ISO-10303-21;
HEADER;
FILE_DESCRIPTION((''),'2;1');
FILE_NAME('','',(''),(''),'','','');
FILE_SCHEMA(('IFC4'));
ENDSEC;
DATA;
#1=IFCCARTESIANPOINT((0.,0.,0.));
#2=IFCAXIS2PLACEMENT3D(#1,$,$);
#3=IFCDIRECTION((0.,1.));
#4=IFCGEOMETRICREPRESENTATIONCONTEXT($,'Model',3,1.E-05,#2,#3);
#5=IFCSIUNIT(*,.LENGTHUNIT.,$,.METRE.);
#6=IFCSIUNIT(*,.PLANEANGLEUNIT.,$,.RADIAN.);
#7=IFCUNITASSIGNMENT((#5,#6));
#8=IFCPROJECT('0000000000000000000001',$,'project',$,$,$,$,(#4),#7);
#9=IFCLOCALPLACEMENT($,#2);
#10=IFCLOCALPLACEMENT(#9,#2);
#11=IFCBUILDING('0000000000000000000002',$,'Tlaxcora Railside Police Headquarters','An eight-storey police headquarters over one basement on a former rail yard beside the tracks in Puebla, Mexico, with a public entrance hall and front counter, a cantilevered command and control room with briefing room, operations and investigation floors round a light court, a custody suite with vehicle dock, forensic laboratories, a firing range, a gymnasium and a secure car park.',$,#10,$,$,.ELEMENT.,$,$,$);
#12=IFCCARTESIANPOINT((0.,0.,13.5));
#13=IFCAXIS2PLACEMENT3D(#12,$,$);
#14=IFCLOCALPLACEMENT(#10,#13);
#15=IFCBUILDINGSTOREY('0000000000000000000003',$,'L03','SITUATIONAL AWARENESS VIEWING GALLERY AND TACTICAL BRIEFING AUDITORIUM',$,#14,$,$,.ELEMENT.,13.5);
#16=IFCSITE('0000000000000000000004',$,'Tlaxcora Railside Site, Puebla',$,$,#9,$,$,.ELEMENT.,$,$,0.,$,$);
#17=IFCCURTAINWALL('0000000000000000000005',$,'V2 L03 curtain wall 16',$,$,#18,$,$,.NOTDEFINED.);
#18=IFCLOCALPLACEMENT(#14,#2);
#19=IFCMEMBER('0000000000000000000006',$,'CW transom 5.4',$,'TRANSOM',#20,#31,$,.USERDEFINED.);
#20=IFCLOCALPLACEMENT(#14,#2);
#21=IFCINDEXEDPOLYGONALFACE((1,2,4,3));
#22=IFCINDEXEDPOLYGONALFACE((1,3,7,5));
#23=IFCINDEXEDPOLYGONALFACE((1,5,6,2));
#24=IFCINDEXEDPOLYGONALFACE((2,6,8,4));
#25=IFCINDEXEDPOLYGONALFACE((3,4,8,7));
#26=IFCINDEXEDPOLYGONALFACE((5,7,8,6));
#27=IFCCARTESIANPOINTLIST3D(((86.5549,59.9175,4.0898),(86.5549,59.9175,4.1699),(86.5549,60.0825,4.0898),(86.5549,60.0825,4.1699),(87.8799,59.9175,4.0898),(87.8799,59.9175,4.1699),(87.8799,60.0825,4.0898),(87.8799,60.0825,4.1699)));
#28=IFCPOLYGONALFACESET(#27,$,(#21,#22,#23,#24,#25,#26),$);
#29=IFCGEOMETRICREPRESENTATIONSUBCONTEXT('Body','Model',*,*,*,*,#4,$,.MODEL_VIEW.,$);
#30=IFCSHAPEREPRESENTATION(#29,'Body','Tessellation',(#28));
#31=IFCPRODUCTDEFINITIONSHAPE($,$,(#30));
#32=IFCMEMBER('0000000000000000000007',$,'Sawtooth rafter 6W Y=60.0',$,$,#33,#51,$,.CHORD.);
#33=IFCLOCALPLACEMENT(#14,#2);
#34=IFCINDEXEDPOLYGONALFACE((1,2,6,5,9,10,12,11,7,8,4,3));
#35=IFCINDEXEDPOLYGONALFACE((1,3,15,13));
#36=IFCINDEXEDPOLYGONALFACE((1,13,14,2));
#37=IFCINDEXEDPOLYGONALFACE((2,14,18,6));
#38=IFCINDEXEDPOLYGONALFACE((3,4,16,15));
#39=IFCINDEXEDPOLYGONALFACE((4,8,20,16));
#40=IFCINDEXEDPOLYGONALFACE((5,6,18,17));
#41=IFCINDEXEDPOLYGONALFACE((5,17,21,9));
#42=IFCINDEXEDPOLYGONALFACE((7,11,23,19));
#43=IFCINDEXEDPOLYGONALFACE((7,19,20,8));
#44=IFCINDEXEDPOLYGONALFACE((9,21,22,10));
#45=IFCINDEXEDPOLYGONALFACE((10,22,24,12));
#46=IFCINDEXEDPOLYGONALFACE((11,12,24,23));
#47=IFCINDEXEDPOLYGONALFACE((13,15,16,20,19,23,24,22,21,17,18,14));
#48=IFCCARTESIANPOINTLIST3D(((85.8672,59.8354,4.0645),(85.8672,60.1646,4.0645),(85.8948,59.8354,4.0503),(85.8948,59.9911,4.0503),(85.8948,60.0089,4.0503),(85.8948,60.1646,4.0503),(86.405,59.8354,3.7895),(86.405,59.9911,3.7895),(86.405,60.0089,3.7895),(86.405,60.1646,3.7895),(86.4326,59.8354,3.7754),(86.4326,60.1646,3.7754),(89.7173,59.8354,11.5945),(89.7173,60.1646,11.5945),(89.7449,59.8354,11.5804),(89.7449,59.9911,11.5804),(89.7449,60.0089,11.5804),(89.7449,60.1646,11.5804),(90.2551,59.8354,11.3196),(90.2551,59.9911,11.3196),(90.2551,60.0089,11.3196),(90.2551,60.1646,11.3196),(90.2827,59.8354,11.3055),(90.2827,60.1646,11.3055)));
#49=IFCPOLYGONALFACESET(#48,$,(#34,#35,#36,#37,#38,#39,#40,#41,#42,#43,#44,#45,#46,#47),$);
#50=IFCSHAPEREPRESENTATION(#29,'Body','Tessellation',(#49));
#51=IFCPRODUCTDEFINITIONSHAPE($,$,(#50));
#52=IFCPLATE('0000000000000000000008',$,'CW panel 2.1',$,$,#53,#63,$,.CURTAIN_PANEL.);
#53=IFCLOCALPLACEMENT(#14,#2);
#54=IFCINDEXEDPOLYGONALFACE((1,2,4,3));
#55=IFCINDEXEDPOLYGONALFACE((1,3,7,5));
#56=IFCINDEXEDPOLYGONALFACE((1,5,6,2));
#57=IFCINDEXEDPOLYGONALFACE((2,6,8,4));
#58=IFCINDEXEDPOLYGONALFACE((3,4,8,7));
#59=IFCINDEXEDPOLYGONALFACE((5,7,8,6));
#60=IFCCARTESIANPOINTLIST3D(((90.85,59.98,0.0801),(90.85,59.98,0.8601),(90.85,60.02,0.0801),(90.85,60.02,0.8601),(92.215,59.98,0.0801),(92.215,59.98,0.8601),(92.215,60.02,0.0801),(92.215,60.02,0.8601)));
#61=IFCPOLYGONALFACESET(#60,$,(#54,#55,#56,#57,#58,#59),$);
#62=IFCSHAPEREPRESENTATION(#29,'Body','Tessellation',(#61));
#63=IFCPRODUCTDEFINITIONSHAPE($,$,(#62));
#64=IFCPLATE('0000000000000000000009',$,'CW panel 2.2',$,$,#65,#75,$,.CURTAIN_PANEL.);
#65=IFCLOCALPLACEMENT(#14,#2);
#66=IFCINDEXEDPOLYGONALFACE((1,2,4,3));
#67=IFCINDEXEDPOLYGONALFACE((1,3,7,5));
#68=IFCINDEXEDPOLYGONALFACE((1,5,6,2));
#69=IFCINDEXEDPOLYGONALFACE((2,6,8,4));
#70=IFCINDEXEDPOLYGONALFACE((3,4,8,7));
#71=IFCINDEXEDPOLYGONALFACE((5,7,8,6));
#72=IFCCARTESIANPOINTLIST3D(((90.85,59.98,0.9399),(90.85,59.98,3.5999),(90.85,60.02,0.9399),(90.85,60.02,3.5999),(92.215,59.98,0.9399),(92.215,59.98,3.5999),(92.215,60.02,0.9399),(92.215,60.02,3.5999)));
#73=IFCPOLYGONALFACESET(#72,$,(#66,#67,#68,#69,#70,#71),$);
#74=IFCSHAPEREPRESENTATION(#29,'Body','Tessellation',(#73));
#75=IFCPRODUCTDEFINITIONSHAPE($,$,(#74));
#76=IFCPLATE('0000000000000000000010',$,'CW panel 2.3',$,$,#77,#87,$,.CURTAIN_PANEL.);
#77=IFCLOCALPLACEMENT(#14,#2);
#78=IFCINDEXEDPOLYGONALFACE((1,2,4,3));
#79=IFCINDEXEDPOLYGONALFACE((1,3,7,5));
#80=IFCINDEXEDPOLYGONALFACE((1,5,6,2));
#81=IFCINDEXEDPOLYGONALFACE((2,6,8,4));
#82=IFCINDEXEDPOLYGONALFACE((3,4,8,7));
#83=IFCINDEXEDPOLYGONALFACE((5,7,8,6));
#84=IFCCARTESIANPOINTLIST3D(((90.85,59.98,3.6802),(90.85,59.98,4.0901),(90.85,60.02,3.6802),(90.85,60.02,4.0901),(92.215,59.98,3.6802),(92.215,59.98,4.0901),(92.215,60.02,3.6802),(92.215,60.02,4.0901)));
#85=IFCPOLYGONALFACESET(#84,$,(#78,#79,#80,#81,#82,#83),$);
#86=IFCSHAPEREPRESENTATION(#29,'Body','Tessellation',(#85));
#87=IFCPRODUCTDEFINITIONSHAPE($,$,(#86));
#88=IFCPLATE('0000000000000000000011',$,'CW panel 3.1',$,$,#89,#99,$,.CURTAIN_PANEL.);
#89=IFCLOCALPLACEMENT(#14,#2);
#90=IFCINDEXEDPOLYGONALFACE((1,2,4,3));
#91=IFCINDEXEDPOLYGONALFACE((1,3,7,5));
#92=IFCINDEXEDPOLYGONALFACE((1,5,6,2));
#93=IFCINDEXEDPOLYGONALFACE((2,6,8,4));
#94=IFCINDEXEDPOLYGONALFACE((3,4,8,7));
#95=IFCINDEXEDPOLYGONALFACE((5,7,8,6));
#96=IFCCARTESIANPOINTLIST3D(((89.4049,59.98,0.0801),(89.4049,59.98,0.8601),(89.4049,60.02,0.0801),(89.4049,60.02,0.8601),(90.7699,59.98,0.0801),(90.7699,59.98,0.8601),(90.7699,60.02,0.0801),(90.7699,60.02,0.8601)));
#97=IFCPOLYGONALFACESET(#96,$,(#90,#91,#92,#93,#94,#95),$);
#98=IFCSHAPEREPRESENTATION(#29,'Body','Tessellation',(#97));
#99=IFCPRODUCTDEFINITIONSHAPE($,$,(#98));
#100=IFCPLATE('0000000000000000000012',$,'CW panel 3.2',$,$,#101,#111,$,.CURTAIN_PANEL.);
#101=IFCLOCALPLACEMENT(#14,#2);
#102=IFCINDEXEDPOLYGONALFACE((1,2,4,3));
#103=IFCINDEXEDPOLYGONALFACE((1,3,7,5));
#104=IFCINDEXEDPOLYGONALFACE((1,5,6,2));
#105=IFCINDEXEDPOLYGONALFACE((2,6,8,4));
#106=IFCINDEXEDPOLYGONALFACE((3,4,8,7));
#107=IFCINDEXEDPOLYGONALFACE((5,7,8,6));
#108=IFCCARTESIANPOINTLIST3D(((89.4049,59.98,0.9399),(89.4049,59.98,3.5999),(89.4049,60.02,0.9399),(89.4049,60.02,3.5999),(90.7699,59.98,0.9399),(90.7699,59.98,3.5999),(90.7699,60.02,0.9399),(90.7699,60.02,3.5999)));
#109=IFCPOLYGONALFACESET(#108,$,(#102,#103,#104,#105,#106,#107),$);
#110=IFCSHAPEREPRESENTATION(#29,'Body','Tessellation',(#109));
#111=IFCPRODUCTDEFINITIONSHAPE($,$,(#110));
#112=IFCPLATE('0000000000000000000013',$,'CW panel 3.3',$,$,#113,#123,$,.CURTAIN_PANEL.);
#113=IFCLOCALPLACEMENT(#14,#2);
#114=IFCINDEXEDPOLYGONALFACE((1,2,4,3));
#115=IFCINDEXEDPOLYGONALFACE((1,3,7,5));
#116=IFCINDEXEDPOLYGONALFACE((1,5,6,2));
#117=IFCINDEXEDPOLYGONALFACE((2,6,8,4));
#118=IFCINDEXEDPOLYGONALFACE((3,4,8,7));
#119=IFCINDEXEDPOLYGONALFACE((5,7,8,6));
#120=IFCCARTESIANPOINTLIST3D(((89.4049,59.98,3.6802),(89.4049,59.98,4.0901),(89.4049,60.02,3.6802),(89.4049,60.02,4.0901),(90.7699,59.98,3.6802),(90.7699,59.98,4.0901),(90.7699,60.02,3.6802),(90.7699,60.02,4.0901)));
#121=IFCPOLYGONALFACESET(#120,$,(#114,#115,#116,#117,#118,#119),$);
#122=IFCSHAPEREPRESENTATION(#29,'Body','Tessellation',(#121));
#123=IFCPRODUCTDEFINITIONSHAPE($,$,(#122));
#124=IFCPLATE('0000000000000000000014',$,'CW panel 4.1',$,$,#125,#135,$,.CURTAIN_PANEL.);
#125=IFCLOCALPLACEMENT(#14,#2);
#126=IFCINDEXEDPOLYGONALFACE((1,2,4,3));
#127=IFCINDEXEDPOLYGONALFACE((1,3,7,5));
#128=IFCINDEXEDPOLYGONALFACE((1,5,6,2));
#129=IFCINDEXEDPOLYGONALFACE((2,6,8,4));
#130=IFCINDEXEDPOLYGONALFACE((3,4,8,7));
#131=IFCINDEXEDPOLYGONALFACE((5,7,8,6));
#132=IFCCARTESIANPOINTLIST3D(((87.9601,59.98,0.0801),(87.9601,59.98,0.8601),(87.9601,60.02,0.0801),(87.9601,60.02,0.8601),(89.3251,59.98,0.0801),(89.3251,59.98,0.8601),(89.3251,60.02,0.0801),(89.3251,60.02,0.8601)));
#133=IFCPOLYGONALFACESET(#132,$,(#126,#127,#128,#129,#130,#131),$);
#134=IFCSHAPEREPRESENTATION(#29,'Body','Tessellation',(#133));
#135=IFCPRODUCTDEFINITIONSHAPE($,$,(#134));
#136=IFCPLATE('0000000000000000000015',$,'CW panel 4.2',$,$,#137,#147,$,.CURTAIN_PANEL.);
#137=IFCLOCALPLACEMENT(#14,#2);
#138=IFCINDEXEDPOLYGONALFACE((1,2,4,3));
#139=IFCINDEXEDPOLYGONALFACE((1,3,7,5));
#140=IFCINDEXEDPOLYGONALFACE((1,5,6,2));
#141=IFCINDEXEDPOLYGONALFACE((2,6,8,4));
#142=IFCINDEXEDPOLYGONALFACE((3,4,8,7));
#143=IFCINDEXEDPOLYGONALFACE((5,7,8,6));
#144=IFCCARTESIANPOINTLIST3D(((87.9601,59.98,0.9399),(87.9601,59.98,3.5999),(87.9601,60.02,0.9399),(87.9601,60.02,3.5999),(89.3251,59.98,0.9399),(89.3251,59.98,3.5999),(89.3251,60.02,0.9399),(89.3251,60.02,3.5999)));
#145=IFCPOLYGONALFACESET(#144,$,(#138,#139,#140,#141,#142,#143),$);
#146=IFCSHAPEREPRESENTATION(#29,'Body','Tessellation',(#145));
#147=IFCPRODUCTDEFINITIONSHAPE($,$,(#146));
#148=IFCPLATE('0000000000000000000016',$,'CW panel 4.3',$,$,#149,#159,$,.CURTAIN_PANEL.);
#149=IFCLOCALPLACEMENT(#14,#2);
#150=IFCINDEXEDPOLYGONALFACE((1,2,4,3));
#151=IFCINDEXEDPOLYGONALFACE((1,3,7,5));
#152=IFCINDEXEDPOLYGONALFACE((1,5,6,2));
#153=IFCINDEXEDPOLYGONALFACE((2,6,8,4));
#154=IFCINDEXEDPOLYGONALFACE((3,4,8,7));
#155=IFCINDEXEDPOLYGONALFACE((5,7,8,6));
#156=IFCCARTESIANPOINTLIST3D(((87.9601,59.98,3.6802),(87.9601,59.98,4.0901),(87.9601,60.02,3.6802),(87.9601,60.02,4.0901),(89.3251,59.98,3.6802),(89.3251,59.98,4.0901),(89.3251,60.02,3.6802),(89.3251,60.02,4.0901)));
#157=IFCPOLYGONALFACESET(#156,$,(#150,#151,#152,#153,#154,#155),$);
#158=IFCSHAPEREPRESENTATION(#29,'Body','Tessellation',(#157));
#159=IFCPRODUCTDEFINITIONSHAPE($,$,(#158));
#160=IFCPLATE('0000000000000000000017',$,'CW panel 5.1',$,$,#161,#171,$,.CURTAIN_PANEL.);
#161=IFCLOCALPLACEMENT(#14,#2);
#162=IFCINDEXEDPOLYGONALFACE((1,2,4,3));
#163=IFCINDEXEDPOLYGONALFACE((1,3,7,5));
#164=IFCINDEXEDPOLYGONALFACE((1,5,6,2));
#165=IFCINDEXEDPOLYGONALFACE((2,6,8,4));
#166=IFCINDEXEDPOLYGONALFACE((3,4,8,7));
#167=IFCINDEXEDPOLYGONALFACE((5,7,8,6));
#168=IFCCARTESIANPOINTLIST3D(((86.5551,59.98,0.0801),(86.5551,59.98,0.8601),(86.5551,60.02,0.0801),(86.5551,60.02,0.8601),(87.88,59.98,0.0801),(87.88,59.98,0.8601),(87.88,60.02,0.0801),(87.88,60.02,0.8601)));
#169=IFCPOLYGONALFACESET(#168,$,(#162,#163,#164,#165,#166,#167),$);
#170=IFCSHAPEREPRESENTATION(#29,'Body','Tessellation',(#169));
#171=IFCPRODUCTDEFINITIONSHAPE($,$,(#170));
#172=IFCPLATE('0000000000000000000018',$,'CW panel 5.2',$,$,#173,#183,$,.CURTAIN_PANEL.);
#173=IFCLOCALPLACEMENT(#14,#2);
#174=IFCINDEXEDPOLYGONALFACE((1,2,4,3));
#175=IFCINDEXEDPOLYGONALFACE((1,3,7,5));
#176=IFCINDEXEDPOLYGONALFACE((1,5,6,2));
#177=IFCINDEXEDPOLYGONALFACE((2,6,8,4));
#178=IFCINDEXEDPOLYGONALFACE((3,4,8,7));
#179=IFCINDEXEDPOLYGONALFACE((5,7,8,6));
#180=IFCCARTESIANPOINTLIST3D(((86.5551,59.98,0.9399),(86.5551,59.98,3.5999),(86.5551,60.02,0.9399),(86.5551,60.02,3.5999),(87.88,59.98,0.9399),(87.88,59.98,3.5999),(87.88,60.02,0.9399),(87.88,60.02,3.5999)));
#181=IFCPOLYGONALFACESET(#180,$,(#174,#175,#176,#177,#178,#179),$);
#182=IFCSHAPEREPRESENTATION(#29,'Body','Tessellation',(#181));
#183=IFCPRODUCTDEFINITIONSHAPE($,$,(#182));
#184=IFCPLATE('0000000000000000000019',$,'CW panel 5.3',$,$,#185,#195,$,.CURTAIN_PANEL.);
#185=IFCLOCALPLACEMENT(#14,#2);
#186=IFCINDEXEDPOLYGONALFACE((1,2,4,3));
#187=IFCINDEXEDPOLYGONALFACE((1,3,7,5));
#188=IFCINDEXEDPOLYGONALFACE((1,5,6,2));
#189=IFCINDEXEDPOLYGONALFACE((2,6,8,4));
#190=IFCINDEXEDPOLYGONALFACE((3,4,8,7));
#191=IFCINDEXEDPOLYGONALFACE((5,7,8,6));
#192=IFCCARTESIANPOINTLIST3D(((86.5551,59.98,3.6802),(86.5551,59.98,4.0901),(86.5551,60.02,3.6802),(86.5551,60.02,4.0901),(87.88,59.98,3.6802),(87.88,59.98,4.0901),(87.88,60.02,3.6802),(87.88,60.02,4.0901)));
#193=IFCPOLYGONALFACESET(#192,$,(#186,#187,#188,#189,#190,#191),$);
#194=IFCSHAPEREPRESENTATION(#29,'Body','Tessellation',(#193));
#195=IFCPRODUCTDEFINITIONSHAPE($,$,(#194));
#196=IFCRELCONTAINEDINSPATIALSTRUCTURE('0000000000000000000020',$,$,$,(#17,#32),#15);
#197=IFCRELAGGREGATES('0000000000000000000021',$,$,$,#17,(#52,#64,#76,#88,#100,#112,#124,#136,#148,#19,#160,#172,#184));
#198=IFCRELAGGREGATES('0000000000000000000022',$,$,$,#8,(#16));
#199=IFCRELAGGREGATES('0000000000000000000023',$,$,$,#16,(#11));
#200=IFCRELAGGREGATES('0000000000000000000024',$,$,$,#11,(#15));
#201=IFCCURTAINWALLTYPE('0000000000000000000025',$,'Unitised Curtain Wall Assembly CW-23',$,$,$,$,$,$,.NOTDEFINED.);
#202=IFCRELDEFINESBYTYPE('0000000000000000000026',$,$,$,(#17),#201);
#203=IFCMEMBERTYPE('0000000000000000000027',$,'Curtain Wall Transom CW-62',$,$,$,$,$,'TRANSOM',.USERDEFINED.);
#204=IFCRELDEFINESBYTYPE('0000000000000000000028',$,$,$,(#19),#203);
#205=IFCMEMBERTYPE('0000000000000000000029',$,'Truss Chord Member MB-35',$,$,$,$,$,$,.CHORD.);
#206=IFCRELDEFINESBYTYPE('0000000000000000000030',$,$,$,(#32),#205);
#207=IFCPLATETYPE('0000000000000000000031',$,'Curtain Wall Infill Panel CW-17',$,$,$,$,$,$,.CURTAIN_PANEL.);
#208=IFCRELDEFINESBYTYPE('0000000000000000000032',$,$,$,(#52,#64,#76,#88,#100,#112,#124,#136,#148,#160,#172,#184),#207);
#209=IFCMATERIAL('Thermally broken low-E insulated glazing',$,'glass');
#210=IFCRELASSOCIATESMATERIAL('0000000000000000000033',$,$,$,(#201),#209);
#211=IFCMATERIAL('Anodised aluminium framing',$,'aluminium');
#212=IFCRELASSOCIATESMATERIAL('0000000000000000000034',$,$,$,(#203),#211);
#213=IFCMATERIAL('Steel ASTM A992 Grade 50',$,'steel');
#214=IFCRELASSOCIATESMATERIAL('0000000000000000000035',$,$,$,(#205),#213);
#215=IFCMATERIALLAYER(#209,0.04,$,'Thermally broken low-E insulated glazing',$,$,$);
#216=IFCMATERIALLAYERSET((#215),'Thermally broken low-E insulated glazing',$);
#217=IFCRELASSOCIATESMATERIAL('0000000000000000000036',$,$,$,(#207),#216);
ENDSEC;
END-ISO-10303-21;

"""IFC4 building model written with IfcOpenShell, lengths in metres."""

from ifc_helpers import new_model, si_unit, direction, frame, origin, origin_2d, place, context, subcontext, project, spatial, rectangle, i_section, extrude, material, layer, layer_set, material_profile, profile_set, type_object, element, aggregate, save


model = new_model("IFC4")

# Units and contexts
model_context = context("Model", 3, precision=1e-05, world=origin(), true_north=direction((0.0, 1.0)))
body_context = subcontext(model_context, "Body", "Model", "MODEL_VIEW")
ifc_project = project(units=[si_unit("LENGTHUNIT", "METRE"), si_unit("PLANEANGLEUNIT", "RADIAN")], contexts=[model_context])

# Site, building, storey
site_placement = place(None, origin())
site = spatial("IfcSite", under=ifc_project, at=site_placement, Name="Tlaxcora Railside Site, Puebla", CompositionType="ELEMENT", RefElevation=0.0)
building_placement = place(site_placement, origin())
building = spatial("IfcBuilding", under=site, at=building_placement, Name="Tlaxcora Railside Police Headquarters", Description="An eight-storey police headquarters over one basement on a former rail yard beside the tracks in Puebla, Mexico, with a public entrance hall and front counter, a cantilevered command and control room with briefing room, operations and investigation floors round a light court, a custody suite with vehicle dock, forensic laboratories, a firing range, a gymnasium and a secure car park.", CompositionType="ELEMENT")
storey_placement = place(building_placement, frame((0.0, 0.0, 13.5)))
storey = spatial("IfcBuildingStorey", under=building, at=storey_placement, Name="L03", Description="SITUATIONAL AWARENESS VIEWING GALLERY AND TACTICAL BRIEFING AUDITORIUM", CompositionType="ELEMENT", Elevation=13.5)

# Curtain wall, member
ifc_material_1 = material(Name="Thermally broken low-E insulated glazing", Category="glass")
curtain_wall_type = type_object("IfcCurtainWallType", Name="Unitised Curtain Wall Assembly CW-23", PredefinedType="NOTDEFINED", material=ifc_material_1)
curtain_wall_placement = place(storey_placement, origin())
curtain_wall = element("IfcCurtainWall", 1, at=curtain_wall_placement, inside=storey, type_object=curtain_wall_type, Name="V2 L03 curtain wall 16", PredefinedType="NOTDEFINED")
ifc_material_2 = material(Name="Anodised aluminium framing", Category="aluminium")
ifc_material_profile_1 = material_profile(ifc_material_2, rectangle(XDim=0.165, YDim=0.0801, at=origin_2d()), Name="AL80X165")
ifc_profile_set_1 = profile_set([ifc_material_profile_1], Name="Anodised aluminium framing")
member_type_1 = type_object("IfcMemberType", Name="Curtain Wall Transom CW-62", ElementType="TRANSOM", PredefinedType="USERDEFINED", material=ifc_profile_set_1)
member_1_placement = place(storey_placement, frame((87.8799, 60.0, 4.1299), z_axis=(-1.0, 0.0, 0.0), x_axis=(0.0, -1.0, 0.0)))
member_1 = element("IfcMember", 2, at=member_1_placement, type_object=member_type_1, Name="CW transom 5.4", ObjectType="TRANSOM", PredefinedType="USERDEFINED", context=body_context, shape_type="SweptSolid", body=[
    extrude(rectangle(XDim=0.165, YDim=0.0801, at=origin_2d()), origin(), (0.0, 0.0, 1.0), 1.325),
])

# Member
ifc_material_3 = material(Name="Steel ASTM A992 Grade 50", Category="steel")
ifc_material_profile_2 = material_profile(ifc_material_3, i_section(OverallWidth=0.3291, OverallDepth=0.635, WebThickness=0.0178, FlangeThickness=0.031, at=origin_2d()), Name="W24X162")
ifc_profile_set_2 = profile_set([ifc_material_profile_2], Name="Steel ASTM A992 Grade 50")
member_type_2 = type_object("IfcMemberType", Name="Truss Chord Member MB-35", PredefinedType="CHORD", material=ifc_profile_set_2)
member_2_placement = place(storey_placement, frame((86.1499, 60.0, 3.9199), z_axis=(0.455244, 0.0, 0.890367), x_axis=(0.0, 1.0, 0.0)))
element("IfcMember", 3, at=member_2_placement, inside=storey, type_object=member_type_2, Name="Sawtooth rafter 6W Y=60.0", PredefinedType="CHORD", context=body_context, shape_type="SweptSolid", body=[
    extrude(i_section(OverallWidth=0.3291, OverallDepth=0.635, WebThickness=0.0178, FlangeThickness=0.031, at=origin_2d()), origin(), (0.0, 0.0, 1.0), 8.4573),
])

# Plates
ifc_layer_1 = layer(ifc_material_1, 0.04, Name="Thermally broken low-E insulated glazing")
ifc_layer_set_1 = layer_set([ifc_layer_1], Name="Thermally broken low-E insulated glazing")
plate_type = type_object("IfcPlateType", Name="Curtain Wall Infill Panel CW-17", PredefinedType="CURTAIN_PANEL", material=ifc_layer_set_1)
plate_1_placement = place(storey_placement, frame((91.5325, 60.0, 0.0801), z_axis=(0.0, 0.0, 1.0), x_axis=(-1.0, 0.0, 0.0)))
plate_1 = element("IfcPlate", 4, at=plate_1_placement, type_object=plate_type, Name="CW panel 2.1", PredefinedType="CURTAIN_PANEL", context=body_context, shape_type="SweptSolid", body=[
    extrude(rectangle(XDim=1.365, YDim=0.04, at=origin_2d()), origin(), (0.0, 0.0, 1.0), 0.78),
])
plate_2_placement = place(storey_placement, frame((91.5325, 60.0, 0.9399), z_axis=(0.0, 0.0, 1.0), x_axis=(-1.0, 0.0, 0.0)))
plate_2 = element("IfcPlate", 5, at=plate_2_placement, type_object=plate_type, Name="CW panel 2.2", PredefinedType="CURTAIN_PANEL", context=body_context, shape_type="SweptSolid", body=[
    extrude(rectangle(XDim=1.365, YDim=0.04, at=origin_2d()), origin(), (0.0, 0.0, 1.0), 2.6599),
])
plate_3_placement = place(storey_placement, frame((91.5325, 60.0, 3.6802), z_axis=(0.0, 0.0, 1.0), x_axis=(-1.0, 0.0, 0.0)))
plate_3 = element("IfcPlate", 6, at=plate_3_placement, type_object=plate_type, Name="CW panel 2.3", PredefinedType="CURTAIN_PANEL", context=body_context, shape_type="SweptSolid", body=[
    extrude(rectangle(XDim=1.365, YDim=0.04, at=origin_2d()), origin(), (0.0, 0.0, 1.0), 0.4099),
])
plate_4_placement = place(storey_placement, frame((90.0874, 60.0, 0.0801), z_axis=(0.0, 0.0, 1.0), x_axis=(-1.0, 0.0, 0.0)))
plate_4 = element("IfcPlate", 7, at=plate_4_placement, type_object=plate_type, Name="CW panel 3.1", PredefinedType="CURTAIN_PANEL", context=body_context, shape_type="SweptSolid", body=[
    extrude(rectangle(XDim=1.365, YDim=0.04, at=origin_2d()), origin(), (0.0, 0.0, 1.0), 0.78),
])
plate_5_placement = place(storey_placement, frame((90.0874, 60.0, 0.9399), z_axis=(0.0, 0.0, 1.0), x_axis=(-1.0, 0.0, 0.0)))
plate_5 = element("IfcPlate", 8, at=plate_5_placement, type_object=plate_type, Name="CW panel 3.2", PredefinedType="CURTAIN_PANEL", context=body_context, shape_type="SweptSolid", body=[
    extrude(rectangle(XDim=1.365, YDim=0.04, at=origin_2d()), origin(), (0.0, 0.0, 1.0), 2.6599),
])
plate_6_placement = place(storey_placement, frame((90.0874, 60.0, 3.6802), z_axis=(0.0, 0.0, 1.0), x_axis=(-1.0, 0.0, 0.0)))
plate_6 = element("IfcPlate", 9, at=plate_6_placement, type_object=plate_type, Name="CW panel 3.3", PredefinedType="CURTAIN_PANEL", context=body_context, shape_type="SweptSolid", body=[
    extrude(rectangle(XDim=1.365, YDim=0.04, at=origin_2d()), origin(), (0.0, 0.0, 1.0), 0.4099),
])
plate_7_placement = place(storey_placement, frame((88.6426, 60.0, 0.0801), z_axis=(0.0, 0.0, 1.0), x_axis=(-1.0, 0.0, 0.0)))
plate_7 = element("IfcPlate", 10, at=plate_7_placement, type_object=plate_type, Name="CW panel 4.1", PredefinedType="CURTAIN_PANEL", context=body_context, shape_type="SweptSolid", body=[
    extrude(rectangle(XDim=1.365, YDim=0.04, at=origin_2d()), origin(), (0.0, 0.0, 1.0), 0.78),
])
plate_8_placement = place(storey_placement, frame((88.6426, 60.0, 0.9399), z_axis=(0.0, 0.0, 1.0), x_axis=(-1.0, 0.0, 0.0)))
plate_8 = element("IfcPlate", 11, at=plate_8_placement, type_object=plate_type, Name="CW panel 4.2", PredefinedType="CURTAIN_PANEL", context=body_context, shape_type="SweptSolid", body=[
    extrude(rectangle(XDim=1.365, YDim=0.04, at=origin_2d()), origin(), (0.0, 0.0, 1.0), 2.6599),
])
plate_9_placement = place(storey_placement, frame((88.6426, 60.0, 3.6802), z_axis=(0.0, 0.0, 1.0), x_axis=(-1.0, 0.0, 0.0)))
plate_9 = element("IfcPlate", 12, at=plate_9_placement, type_object=plate_type, Name="CW panel 4.3", PredefinedType="CURTAIN_PANEL", context=body_context, shape_type="SweptSolid", body=[
    extrude(rectangle(XDim=1.365, YDim=0.04, at=origin_2d()), origin(), (0.0, 0.0, 1.0), 0.4099),
])
plate_10_placement = place(storey_placement, frame((87.2175, 60.0, 0.0801), z_axis=(0.0, 0.0, 1.0), x_axis=(-1.0, 0.0, 0.0)))
plate_10 = element("IfcPlate", 13, at=plate_10_placement, type_object=plate_type, Name="CW panel 5.1", PredefinedType="CURTAIN_PANEL", context=body_context, shape_type="SweptSolid", body=[
    extrude(rectangle(XDim=1.325, YDim=0.04, at=origin_2d()), origin(), (0.0, 0.0, 1.0), 0.78),
])
plate_11_placement = place(storey_placement, frame((87.2175, 60.0, 0.9399), z_axis=(0.0, 0.0, 1.0), x_axis=(-1.0, 0.0, 0.0)))
plate_11 = element("IfcPlate", 14, at=plate_11_placement, type_object=plate_type, Name="CW panel 5.2", PredefinedType="CURTAIN_PANEL", context=body_context, shape_type="SweptSolid", body=[
    extrude(rectangle(XDim=1.325, YDim=0.04, at=origin_2d()), origin(), (0.0, 0.0, 1.0), 2.6599),
])
plate_12_placement = place(storey_placement, frame((87.2175, 60.0, 3.6802), z_axis=(0.0, 0.0, 1.0), x_axis=(-1.0, 0.0, 0.0)))
plate_12 = element("IfcPlate", 15, at=plate_12_placement, type_object=plate_type, Name="CW panel 5.3", PredefinedType="CURTAIN_PANEL", context=body_context, shape_type="SweptSolid", body=[
    extrude(rectangle(XDim=1.325, YDim=0.04, at=origin_2d()), origin(), (0.0, 0.0, 1.0), 0.4099),
])
aggregate(curtain_wall, [plate_1, plate_2, plate_3, plate_4, plate_5, plate_6, plate_7, plate_8, plate_9, member_1, plate_10, plate_11, plate_12])

save(model, "model.ifc")
